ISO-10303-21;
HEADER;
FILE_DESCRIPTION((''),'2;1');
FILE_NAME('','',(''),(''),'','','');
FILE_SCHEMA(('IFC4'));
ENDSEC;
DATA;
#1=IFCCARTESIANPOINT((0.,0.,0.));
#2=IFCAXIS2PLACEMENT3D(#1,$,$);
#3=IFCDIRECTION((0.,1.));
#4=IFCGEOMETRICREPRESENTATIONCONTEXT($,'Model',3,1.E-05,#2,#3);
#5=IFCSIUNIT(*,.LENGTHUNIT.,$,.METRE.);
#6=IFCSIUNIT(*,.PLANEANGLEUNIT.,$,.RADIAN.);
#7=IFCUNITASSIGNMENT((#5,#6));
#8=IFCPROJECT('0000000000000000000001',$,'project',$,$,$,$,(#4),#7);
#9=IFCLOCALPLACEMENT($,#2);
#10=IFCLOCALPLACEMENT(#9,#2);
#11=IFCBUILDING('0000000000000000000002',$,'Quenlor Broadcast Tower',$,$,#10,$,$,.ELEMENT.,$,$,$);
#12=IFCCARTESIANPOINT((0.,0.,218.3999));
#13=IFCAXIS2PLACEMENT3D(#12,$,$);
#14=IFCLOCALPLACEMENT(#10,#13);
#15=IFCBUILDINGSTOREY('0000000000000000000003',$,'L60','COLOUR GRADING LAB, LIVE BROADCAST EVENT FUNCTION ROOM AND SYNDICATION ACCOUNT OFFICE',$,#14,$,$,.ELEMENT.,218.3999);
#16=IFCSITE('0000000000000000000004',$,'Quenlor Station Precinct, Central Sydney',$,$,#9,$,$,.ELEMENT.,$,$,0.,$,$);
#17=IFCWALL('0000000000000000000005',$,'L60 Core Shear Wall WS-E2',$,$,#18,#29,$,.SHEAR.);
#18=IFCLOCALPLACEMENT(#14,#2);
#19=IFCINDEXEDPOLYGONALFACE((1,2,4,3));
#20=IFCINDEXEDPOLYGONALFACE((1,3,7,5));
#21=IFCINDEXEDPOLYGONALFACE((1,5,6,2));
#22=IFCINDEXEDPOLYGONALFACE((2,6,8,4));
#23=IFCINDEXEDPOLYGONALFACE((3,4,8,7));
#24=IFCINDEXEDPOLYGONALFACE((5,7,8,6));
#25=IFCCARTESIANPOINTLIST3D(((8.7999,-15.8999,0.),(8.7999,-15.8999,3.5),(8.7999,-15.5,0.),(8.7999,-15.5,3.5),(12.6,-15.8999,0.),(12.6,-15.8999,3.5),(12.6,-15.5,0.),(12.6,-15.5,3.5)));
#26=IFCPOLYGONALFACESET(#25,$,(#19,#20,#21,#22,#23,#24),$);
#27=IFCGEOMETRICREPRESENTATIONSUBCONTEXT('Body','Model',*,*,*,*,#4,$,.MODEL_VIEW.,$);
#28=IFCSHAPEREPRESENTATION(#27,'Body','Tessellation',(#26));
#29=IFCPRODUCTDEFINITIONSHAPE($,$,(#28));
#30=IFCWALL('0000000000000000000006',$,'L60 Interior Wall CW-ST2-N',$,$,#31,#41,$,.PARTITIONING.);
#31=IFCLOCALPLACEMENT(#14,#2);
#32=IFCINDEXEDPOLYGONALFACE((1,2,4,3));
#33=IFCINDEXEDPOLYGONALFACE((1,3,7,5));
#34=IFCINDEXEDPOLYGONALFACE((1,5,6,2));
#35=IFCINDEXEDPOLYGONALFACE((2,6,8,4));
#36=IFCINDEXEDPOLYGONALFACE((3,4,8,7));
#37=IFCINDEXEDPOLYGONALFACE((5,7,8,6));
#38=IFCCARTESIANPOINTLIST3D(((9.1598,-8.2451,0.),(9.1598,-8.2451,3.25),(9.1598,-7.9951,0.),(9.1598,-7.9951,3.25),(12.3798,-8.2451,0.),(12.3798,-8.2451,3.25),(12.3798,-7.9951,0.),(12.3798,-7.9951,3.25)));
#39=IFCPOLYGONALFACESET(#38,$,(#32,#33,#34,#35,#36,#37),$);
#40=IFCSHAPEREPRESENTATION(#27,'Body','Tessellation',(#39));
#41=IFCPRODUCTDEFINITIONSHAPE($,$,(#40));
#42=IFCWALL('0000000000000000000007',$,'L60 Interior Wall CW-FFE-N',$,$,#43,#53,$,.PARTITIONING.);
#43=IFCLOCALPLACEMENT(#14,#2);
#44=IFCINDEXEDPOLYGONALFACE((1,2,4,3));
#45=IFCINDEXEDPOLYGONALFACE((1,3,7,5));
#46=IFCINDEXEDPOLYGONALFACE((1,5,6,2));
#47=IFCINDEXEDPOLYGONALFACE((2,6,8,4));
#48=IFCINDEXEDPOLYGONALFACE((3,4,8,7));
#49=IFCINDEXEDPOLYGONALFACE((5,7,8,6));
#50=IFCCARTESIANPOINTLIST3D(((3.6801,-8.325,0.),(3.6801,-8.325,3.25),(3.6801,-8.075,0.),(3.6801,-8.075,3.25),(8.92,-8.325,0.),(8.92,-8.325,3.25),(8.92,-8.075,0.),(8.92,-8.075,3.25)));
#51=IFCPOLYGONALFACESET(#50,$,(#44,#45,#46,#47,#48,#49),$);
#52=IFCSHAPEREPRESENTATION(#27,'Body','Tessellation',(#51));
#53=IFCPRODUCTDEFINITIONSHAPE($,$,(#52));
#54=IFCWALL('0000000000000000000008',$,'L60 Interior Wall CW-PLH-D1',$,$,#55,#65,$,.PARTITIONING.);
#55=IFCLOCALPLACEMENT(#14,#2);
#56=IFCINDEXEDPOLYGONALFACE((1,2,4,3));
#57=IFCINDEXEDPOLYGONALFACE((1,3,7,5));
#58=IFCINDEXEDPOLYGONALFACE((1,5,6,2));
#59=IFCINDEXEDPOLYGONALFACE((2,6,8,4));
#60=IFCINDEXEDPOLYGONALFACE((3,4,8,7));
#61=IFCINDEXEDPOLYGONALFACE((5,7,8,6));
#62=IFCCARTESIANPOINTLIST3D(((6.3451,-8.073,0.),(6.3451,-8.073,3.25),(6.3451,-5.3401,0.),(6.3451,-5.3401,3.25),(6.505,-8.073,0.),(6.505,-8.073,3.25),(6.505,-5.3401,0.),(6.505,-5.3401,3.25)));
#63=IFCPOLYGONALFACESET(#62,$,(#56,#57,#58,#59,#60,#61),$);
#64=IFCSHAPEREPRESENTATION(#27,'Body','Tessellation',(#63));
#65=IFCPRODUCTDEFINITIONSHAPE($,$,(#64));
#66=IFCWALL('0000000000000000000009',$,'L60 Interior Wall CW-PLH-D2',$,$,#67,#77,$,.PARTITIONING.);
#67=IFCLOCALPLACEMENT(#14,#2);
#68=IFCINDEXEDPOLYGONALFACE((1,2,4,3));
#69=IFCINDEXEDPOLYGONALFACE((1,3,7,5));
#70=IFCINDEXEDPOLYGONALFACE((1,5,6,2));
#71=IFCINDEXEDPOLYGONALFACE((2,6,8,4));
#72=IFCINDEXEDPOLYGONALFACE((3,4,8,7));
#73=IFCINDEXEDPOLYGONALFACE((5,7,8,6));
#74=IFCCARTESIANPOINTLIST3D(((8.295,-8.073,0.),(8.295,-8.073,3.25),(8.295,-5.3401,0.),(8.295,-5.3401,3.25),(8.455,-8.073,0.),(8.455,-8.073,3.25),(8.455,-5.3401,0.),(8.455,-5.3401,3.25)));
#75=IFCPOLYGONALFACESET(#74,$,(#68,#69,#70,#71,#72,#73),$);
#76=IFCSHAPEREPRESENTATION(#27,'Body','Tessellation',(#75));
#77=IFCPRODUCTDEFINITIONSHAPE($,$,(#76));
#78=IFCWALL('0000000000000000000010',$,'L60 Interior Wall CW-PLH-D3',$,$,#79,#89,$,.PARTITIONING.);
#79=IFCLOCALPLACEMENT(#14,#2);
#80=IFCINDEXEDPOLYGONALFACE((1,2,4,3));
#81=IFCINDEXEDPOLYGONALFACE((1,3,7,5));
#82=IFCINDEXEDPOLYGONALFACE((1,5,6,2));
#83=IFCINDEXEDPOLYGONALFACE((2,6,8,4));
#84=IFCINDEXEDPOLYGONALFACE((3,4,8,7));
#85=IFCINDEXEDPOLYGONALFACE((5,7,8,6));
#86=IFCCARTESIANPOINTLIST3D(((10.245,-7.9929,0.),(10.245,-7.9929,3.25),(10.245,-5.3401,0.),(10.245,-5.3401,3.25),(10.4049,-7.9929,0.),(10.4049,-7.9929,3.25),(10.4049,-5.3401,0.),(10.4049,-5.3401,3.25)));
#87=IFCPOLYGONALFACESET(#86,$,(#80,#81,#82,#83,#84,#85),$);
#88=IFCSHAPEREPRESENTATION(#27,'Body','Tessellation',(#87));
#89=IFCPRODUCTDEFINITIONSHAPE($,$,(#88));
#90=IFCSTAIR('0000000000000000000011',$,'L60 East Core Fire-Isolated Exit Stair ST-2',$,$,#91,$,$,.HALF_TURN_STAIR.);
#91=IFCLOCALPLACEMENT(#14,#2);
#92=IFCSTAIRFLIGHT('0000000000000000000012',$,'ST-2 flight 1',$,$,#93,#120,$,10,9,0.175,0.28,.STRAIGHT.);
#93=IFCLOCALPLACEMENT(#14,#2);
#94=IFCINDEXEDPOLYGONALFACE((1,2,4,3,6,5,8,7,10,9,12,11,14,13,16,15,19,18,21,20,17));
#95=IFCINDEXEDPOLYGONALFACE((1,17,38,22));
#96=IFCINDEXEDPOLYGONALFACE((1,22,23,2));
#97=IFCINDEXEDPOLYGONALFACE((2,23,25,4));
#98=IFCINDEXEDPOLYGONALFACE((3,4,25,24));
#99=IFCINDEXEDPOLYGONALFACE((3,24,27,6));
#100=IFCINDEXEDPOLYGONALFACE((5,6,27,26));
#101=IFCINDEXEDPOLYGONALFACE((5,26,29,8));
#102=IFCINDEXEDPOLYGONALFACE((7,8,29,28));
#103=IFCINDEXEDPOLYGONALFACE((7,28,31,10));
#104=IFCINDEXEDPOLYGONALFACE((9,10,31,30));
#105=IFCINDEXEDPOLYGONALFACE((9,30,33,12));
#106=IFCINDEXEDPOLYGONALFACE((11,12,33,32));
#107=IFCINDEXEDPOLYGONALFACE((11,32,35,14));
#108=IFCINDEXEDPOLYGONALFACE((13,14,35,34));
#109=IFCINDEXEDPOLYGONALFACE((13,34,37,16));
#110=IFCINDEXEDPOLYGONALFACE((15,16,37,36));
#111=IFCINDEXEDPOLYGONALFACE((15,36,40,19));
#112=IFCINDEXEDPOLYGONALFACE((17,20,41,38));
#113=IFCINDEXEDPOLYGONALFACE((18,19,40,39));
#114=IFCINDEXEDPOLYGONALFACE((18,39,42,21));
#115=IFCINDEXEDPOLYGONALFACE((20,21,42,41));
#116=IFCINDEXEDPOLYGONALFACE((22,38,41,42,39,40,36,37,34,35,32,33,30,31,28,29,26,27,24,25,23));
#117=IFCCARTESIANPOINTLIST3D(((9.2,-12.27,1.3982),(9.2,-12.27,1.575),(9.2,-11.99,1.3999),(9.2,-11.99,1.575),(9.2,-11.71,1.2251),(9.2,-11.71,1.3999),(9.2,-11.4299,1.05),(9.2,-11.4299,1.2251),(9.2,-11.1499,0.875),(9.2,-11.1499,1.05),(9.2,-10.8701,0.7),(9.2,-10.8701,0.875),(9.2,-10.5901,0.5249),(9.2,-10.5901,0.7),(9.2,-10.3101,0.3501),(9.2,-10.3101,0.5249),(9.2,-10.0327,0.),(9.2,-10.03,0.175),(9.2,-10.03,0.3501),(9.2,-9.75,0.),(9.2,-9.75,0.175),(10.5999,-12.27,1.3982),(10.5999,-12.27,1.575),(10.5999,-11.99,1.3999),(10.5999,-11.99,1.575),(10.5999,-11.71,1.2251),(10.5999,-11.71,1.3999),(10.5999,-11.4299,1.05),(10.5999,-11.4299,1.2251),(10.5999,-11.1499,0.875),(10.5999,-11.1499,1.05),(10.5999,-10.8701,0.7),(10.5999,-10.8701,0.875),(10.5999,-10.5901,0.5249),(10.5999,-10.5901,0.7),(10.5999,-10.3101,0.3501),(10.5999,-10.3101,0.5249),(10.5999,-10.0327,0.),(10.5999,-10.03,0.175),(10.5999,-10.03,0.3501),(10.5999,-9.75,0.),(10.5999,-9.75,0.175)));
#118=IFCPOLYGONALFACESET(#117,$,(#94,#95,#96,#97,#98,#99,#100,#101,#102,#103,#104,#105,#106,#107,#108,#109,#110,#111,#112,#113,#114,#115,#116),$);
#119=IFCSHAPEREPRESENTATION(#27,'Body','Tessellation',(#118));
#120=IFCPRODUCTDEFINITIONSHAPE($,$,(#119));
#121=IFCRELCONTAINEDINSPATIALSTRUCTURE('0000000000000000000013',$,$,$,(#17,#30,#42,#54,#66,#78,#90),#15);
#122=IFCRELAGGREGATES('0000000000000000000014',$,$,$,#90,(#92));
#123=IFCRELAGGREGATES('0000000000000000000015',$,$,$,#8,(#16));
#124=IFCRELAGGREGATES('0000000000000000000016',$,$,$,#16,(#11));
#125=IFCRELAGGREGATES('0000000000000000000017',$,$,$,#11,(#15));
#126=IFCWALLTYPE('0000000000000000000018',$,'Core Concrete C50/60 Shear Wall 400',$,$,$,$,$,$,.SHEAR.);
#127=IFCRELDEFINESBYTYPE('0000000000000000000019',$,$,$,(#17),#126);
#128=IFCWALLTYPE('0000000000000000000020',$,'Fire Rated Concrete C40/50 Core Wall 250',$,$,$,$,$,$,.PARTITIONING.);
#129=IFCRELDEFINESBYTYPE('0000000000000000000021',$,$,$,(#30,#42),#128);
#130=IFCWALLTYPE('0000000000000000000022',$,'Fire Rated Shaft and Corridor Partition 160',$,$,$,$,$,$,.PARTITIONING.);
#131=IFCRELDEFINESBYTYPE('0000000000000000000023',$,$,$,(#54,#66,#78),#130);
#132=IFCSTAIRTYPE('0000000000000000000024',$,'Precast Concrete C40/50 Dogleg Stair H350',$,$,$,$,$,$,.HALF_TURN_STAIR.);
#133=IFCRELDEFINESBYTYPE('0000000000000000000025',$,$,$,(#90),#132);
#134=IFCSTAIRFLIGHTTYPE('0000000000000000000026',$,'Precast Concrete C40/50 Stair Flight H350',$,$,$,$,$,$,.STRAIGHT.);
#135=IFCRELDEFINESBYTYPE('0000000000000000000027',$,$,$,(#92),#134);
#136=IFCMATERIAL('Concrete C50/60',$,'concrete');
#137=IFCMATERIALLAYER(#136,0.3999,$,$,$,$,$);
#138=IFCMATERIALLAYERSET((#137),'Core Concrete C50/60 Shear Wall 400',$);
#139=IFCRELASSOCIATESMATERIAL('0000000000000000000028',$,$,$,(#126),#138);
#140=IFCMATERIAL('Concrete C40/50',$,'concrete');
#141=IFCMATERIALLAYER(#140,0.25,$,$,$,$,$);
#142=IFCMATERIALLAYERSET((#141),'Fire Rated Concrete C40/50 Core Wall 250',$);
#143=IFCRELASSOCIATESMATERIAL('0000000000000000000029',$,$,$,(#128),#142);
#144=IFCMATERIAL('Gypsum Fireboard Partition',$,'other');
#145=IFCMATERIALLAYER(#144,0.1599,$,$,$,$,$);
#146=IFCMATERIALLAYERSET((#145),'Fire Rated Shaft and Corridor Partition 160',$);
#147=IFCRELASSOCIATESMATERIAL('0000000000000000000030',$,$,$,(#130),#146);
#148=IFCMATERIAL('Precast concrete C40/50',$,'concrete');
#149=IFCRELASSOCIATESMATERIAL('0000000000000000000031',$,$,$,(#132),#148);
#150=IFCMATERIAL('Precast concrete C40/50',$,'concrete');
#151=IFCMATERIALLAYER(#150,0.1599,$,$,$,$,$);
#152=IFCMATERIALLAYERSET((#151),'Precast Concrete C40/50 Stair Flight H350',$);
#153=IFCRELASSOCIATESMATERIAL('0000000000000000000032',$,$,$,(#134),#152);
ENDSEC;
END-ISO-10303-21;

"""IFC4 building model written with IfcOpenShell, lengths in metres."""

from ifc_helpers import new_model, si_unit, direction, frame, frame_2d, origin, place, context, subcontext, project, spatial, polyline, rectangle, outline, extrude, material, layer, layer_set, type_object, element, aggregate, save


model = new_model("IFC4")

# Units and contexts
model_context = context("Model", 3, precision=1e-05, world=origin(), true_north=direction((0.0, 1.0)))
body_context = subcontext(model_context, "Body", "Model", "MODEL_VIEW")
ifc_project = project(units=[si_unit("LENGTHUNIT", "METRE"), si_unit("PLANEANGLEUNIT", "RADIAN")], contexts=[model_context])

# Site, building, storey
site_placement = place(None, origin())
site = spatial("IfcSite", under=ifc_project, at=site_placement, Name="Quenlor Station Precinct, Central Sydney", CompositionType="ELEMENT", RefElevation=0.0)
building_placement = place(site_placement, origin())
building = spatial("IfcBuilding", under=site, at=building_placement, Name="Quenlor Broadcast Tower", CompositionType="ELEMENT")
storey_placement = place(building_placement, frame((0.0, 0.0, 218.3999)))
storey = spatial("IfcBuildingStorey", under=building, at=storey_placement, Name="L60", Description="COLOUR GRADING LAB, LIVE BROADCAST EVENT FUNCTION ROOM AND SYNDICATION ACCOUNT OFFICE", CompositionType="ELEMENT", Elevation=218.3999)

# Wall
ifc_material_1 = material(Name="Concrete C50/60", Category="concrete")
ifc_layer_1 = layer(ifc_material_1, 0.3999)
ifc_layer_set_1 = layer_set([ifc_layer_1], Name="Core Concrete C50/60 Shear Wall 400")
wall_type_1 = type_object("IfcWallType", Name="Core Concrete C50/60 Shear Wall 400", PredefinedType="SHEAR", material=ifc_layer_set_1)
wall_1_placement = place(storey_placement, frame((8.8, -15.7, 0.0), z_axis=(0.0, 0.0, 1.0), x_axis=(1.0, 0.0, 0.0)))
element("IfcWall", 1, at=wall_1_placement, inside=storey, type_object=wall_type_1, Name="L60 Core Shear Wall WS-E2", PredefinedType="SHEAR", context=body_context, shape_type="SweptSolid", body=[
    extrude(rectangle(XDim=3.8, YDim=0.3999, at=frame_2d((1.8999, 0.0))), origin(), (0.0, 0.0, 1.0), 3.5),
])

# Shared definitions
ifc_material_2 = material(Name="Concrete C40/50", Category="concrete")
ifc_layer_2 = layer(ifc_material_2, 0.25)
ifc_layer_set_2 = layer_set([ifc_layer_2], Name="Fire Rated Concrete C40/50 Core Wall 250")
wall_type_2 = type_object("IfcWallType", Name="Fire Rated Concrete C40/50 Core Wall 250", PredefinedType="PARTITIONING", material=ifc_layer_set_2)

# Wall
wall_2_placement = place(storey_placement, frame((9.1599, -8.1201, 0.0), z_axis=(0.0, 0.0, 1.0), x_axis=(1.0, 0.0, 0.0)))
element("IfcWall", 2, at=wall_2_placement, inside=storey, type_object=wall_type_2, Name="L60 Interior Wall CW-ST2-N", PredefinedType="PARTITIONING", context=body_context, shape_type="SweptSolid", body=[
    extrude(rectangle(XDim=3.22, YDim=0.25, at=frame_2d((1.6099, 0.0))), origin(), (0.0, 0.0, 1.0), 3.25),
])

# Walls
wall_3_placement = place(storey_placement, frame((3.6799, -8.2, 0.0), z_axis=(0.0, 0.0, 1.0), x_axis=(1.0, 0.0, 0.0)))
element("IfcWall", 3, at=wall_3_placement, inside=storey, type_object=wall_type_2, Name="L60 Interior Wall CW-FFE-N", PredefinedType="PARTITIONING", context=body_context, shape_type="SweptSolid", body=[
    extrude(rectangle(XDim=5.24, YDim=0.25, at=frame_2d((2.6201, 0.0))), origin(), (0.0, 0.0, 1.0), 3.25),
])
ifc_material_3 = material(Name="Gypsum Fireboard Partition", Category="other")
ifc_layer_3 = layer(ifc_material_3, 0.1599)
ifc_layer_set_3 = layer_set([ifc_layer_3], Name="Fire Rated Shaft and Corridor Partition 160")
wall_type_3 = type_object("IfcWallType", Name="Fire Rated Shaft and Corridor Partition 160", PredefinedType="PARTITIONING", material=ifc_layer_set_3)
for number, where, z_axis, x_axis, name in (
    (4, (6.425, -8.073, 0.0), (0.0, 0.0, 1.0), (0.0, 1.0, 0.0), "L60 Interior Wall CW-PLH-D1"),
    (5, (8.375, -8.073, 0.0), (0.0, 0.0, 1.0), (0.0, 1.0, 0.0), "L60 Interior Wall CW-PLH-D2"),
):
    element("IfcWall", number, at=place(storey_placement, frame(where, z_axis=z_axis, x_axis=x_axis)), inside=storey, type_object=wall_type_3, Name=name, PredefinedType="PARTITIONING", context=body_context, shape_type="SweptSolid", body=[
        extrude(rectangle(XDim=2.7329, YDim=0.1599, at=frame_2d((1.3665, 0.0))), origin(), (0.0, 0.0, 1.0), 3.25),
    ])
wall_4_placement = place(storey_placement, frame((10.325, -7.9929, 0.0), z_axis=(0.0, 0.0, 1.0), x_axis=(0.0, 1.0, 0.0)))
element("IfcWall", 6, at=wall_4_placement, inside=storey, type_object=wall_type_3, Name="L60 Interior Wall CW-PLH-D3", PredefinedType="PARTITIONING", context=body_context, shape_type="SweptSolid", body=[
    extrude(rectangle(XDim=2.6528, YDim=0.1599, at=frame_2d((1.3264, 0.0))), origin(), (0.0, 0.0, 1.0), 3.25),
])

# Stair, stair flight
ifc_material_4 = material(Name="Precast concrete C40/50", Category="concrete")
stair_type = type_object("IfcStairType", Name="Precast Concrete C40/50 Dogleg Stair H350", PredefinedType="HALF_TURN_STAIR", material=ifc_material_4)
stair_placement = place(storey_placement, origin())
stair = element("IfcStair", 7, at=stair_placement, inside=storey, type_object=stair_type, Name="L60 East Core Fire-Isolated Exit Stair ST-2", PredefinedType="HALF_TURN_STAIR")
ifc_material_5 = material(Name="Precast concrete C40/50", Category="concrete")
ifc_layer_4 = layer(ifc_material_5, 0.1599)
ifc_layer_set_4 = layer_set([ifc_layer_4], Name="Precast Concrete C40/50 Stair Flight H350")
stair_flight_type = type_object("IfcStairFlightType", Name="Precast Concrete C40/50 Stair Flight H350", PredefinedType="STRAIGHT", material=ifc_layer_set_4)
stair_flight_placement = place(storey_placement, frame((9.8999, -9.75, 0.0), z_axis=(0.0, 0.0, 1.0), x_axis=(0.0, -1.0, 0.0)))
stair_flight = element("IfcStairFlight", 8, at=stair_flight_placement, type_object=stair_flight_type, Name="ST-2 flight 1", NumberOfRisers=10, NumberOfTreads=9, PredefinedType="STRAIGHT", RiserHeight=0.175, TreadLength=0.28, context=body_context, shape_type="SweptSolid", body=[
    extrude(outline(polyline([(0.0, 0.0), (0.0, 0.175), (0.28, 0.175), (0.28, 0.3501), (0.5601, 0.3501), (0.5601, 0.5249), (0.8401, 0.5249), (0.8401, 0.7), (1.1201, 0.7), (1.1201, 0.875), (1.3999, 0.875), (1.3999, 1.05), (1.6799, 1.05), (1.6799, 1.2251), (1.96, 1.2251), (1.96, 1.3999), (2.24, 1.3999), (2.24, 1.575), (2.52, 1.575), (2.52, 1.75), (2.52, 1.3982), (0.2827, 0.0), (0.0, 0.0)])), frame((0.0, 0.7, 0.0), z_axis=(0.0, -1.0, 0.0), x_axis=(1.0, 0.0, 0.0)), (0.0, 0.0, 1.0), 1.3999),
])
aggregate(stair, [stair_flight])

save(model, "model.ifc")
